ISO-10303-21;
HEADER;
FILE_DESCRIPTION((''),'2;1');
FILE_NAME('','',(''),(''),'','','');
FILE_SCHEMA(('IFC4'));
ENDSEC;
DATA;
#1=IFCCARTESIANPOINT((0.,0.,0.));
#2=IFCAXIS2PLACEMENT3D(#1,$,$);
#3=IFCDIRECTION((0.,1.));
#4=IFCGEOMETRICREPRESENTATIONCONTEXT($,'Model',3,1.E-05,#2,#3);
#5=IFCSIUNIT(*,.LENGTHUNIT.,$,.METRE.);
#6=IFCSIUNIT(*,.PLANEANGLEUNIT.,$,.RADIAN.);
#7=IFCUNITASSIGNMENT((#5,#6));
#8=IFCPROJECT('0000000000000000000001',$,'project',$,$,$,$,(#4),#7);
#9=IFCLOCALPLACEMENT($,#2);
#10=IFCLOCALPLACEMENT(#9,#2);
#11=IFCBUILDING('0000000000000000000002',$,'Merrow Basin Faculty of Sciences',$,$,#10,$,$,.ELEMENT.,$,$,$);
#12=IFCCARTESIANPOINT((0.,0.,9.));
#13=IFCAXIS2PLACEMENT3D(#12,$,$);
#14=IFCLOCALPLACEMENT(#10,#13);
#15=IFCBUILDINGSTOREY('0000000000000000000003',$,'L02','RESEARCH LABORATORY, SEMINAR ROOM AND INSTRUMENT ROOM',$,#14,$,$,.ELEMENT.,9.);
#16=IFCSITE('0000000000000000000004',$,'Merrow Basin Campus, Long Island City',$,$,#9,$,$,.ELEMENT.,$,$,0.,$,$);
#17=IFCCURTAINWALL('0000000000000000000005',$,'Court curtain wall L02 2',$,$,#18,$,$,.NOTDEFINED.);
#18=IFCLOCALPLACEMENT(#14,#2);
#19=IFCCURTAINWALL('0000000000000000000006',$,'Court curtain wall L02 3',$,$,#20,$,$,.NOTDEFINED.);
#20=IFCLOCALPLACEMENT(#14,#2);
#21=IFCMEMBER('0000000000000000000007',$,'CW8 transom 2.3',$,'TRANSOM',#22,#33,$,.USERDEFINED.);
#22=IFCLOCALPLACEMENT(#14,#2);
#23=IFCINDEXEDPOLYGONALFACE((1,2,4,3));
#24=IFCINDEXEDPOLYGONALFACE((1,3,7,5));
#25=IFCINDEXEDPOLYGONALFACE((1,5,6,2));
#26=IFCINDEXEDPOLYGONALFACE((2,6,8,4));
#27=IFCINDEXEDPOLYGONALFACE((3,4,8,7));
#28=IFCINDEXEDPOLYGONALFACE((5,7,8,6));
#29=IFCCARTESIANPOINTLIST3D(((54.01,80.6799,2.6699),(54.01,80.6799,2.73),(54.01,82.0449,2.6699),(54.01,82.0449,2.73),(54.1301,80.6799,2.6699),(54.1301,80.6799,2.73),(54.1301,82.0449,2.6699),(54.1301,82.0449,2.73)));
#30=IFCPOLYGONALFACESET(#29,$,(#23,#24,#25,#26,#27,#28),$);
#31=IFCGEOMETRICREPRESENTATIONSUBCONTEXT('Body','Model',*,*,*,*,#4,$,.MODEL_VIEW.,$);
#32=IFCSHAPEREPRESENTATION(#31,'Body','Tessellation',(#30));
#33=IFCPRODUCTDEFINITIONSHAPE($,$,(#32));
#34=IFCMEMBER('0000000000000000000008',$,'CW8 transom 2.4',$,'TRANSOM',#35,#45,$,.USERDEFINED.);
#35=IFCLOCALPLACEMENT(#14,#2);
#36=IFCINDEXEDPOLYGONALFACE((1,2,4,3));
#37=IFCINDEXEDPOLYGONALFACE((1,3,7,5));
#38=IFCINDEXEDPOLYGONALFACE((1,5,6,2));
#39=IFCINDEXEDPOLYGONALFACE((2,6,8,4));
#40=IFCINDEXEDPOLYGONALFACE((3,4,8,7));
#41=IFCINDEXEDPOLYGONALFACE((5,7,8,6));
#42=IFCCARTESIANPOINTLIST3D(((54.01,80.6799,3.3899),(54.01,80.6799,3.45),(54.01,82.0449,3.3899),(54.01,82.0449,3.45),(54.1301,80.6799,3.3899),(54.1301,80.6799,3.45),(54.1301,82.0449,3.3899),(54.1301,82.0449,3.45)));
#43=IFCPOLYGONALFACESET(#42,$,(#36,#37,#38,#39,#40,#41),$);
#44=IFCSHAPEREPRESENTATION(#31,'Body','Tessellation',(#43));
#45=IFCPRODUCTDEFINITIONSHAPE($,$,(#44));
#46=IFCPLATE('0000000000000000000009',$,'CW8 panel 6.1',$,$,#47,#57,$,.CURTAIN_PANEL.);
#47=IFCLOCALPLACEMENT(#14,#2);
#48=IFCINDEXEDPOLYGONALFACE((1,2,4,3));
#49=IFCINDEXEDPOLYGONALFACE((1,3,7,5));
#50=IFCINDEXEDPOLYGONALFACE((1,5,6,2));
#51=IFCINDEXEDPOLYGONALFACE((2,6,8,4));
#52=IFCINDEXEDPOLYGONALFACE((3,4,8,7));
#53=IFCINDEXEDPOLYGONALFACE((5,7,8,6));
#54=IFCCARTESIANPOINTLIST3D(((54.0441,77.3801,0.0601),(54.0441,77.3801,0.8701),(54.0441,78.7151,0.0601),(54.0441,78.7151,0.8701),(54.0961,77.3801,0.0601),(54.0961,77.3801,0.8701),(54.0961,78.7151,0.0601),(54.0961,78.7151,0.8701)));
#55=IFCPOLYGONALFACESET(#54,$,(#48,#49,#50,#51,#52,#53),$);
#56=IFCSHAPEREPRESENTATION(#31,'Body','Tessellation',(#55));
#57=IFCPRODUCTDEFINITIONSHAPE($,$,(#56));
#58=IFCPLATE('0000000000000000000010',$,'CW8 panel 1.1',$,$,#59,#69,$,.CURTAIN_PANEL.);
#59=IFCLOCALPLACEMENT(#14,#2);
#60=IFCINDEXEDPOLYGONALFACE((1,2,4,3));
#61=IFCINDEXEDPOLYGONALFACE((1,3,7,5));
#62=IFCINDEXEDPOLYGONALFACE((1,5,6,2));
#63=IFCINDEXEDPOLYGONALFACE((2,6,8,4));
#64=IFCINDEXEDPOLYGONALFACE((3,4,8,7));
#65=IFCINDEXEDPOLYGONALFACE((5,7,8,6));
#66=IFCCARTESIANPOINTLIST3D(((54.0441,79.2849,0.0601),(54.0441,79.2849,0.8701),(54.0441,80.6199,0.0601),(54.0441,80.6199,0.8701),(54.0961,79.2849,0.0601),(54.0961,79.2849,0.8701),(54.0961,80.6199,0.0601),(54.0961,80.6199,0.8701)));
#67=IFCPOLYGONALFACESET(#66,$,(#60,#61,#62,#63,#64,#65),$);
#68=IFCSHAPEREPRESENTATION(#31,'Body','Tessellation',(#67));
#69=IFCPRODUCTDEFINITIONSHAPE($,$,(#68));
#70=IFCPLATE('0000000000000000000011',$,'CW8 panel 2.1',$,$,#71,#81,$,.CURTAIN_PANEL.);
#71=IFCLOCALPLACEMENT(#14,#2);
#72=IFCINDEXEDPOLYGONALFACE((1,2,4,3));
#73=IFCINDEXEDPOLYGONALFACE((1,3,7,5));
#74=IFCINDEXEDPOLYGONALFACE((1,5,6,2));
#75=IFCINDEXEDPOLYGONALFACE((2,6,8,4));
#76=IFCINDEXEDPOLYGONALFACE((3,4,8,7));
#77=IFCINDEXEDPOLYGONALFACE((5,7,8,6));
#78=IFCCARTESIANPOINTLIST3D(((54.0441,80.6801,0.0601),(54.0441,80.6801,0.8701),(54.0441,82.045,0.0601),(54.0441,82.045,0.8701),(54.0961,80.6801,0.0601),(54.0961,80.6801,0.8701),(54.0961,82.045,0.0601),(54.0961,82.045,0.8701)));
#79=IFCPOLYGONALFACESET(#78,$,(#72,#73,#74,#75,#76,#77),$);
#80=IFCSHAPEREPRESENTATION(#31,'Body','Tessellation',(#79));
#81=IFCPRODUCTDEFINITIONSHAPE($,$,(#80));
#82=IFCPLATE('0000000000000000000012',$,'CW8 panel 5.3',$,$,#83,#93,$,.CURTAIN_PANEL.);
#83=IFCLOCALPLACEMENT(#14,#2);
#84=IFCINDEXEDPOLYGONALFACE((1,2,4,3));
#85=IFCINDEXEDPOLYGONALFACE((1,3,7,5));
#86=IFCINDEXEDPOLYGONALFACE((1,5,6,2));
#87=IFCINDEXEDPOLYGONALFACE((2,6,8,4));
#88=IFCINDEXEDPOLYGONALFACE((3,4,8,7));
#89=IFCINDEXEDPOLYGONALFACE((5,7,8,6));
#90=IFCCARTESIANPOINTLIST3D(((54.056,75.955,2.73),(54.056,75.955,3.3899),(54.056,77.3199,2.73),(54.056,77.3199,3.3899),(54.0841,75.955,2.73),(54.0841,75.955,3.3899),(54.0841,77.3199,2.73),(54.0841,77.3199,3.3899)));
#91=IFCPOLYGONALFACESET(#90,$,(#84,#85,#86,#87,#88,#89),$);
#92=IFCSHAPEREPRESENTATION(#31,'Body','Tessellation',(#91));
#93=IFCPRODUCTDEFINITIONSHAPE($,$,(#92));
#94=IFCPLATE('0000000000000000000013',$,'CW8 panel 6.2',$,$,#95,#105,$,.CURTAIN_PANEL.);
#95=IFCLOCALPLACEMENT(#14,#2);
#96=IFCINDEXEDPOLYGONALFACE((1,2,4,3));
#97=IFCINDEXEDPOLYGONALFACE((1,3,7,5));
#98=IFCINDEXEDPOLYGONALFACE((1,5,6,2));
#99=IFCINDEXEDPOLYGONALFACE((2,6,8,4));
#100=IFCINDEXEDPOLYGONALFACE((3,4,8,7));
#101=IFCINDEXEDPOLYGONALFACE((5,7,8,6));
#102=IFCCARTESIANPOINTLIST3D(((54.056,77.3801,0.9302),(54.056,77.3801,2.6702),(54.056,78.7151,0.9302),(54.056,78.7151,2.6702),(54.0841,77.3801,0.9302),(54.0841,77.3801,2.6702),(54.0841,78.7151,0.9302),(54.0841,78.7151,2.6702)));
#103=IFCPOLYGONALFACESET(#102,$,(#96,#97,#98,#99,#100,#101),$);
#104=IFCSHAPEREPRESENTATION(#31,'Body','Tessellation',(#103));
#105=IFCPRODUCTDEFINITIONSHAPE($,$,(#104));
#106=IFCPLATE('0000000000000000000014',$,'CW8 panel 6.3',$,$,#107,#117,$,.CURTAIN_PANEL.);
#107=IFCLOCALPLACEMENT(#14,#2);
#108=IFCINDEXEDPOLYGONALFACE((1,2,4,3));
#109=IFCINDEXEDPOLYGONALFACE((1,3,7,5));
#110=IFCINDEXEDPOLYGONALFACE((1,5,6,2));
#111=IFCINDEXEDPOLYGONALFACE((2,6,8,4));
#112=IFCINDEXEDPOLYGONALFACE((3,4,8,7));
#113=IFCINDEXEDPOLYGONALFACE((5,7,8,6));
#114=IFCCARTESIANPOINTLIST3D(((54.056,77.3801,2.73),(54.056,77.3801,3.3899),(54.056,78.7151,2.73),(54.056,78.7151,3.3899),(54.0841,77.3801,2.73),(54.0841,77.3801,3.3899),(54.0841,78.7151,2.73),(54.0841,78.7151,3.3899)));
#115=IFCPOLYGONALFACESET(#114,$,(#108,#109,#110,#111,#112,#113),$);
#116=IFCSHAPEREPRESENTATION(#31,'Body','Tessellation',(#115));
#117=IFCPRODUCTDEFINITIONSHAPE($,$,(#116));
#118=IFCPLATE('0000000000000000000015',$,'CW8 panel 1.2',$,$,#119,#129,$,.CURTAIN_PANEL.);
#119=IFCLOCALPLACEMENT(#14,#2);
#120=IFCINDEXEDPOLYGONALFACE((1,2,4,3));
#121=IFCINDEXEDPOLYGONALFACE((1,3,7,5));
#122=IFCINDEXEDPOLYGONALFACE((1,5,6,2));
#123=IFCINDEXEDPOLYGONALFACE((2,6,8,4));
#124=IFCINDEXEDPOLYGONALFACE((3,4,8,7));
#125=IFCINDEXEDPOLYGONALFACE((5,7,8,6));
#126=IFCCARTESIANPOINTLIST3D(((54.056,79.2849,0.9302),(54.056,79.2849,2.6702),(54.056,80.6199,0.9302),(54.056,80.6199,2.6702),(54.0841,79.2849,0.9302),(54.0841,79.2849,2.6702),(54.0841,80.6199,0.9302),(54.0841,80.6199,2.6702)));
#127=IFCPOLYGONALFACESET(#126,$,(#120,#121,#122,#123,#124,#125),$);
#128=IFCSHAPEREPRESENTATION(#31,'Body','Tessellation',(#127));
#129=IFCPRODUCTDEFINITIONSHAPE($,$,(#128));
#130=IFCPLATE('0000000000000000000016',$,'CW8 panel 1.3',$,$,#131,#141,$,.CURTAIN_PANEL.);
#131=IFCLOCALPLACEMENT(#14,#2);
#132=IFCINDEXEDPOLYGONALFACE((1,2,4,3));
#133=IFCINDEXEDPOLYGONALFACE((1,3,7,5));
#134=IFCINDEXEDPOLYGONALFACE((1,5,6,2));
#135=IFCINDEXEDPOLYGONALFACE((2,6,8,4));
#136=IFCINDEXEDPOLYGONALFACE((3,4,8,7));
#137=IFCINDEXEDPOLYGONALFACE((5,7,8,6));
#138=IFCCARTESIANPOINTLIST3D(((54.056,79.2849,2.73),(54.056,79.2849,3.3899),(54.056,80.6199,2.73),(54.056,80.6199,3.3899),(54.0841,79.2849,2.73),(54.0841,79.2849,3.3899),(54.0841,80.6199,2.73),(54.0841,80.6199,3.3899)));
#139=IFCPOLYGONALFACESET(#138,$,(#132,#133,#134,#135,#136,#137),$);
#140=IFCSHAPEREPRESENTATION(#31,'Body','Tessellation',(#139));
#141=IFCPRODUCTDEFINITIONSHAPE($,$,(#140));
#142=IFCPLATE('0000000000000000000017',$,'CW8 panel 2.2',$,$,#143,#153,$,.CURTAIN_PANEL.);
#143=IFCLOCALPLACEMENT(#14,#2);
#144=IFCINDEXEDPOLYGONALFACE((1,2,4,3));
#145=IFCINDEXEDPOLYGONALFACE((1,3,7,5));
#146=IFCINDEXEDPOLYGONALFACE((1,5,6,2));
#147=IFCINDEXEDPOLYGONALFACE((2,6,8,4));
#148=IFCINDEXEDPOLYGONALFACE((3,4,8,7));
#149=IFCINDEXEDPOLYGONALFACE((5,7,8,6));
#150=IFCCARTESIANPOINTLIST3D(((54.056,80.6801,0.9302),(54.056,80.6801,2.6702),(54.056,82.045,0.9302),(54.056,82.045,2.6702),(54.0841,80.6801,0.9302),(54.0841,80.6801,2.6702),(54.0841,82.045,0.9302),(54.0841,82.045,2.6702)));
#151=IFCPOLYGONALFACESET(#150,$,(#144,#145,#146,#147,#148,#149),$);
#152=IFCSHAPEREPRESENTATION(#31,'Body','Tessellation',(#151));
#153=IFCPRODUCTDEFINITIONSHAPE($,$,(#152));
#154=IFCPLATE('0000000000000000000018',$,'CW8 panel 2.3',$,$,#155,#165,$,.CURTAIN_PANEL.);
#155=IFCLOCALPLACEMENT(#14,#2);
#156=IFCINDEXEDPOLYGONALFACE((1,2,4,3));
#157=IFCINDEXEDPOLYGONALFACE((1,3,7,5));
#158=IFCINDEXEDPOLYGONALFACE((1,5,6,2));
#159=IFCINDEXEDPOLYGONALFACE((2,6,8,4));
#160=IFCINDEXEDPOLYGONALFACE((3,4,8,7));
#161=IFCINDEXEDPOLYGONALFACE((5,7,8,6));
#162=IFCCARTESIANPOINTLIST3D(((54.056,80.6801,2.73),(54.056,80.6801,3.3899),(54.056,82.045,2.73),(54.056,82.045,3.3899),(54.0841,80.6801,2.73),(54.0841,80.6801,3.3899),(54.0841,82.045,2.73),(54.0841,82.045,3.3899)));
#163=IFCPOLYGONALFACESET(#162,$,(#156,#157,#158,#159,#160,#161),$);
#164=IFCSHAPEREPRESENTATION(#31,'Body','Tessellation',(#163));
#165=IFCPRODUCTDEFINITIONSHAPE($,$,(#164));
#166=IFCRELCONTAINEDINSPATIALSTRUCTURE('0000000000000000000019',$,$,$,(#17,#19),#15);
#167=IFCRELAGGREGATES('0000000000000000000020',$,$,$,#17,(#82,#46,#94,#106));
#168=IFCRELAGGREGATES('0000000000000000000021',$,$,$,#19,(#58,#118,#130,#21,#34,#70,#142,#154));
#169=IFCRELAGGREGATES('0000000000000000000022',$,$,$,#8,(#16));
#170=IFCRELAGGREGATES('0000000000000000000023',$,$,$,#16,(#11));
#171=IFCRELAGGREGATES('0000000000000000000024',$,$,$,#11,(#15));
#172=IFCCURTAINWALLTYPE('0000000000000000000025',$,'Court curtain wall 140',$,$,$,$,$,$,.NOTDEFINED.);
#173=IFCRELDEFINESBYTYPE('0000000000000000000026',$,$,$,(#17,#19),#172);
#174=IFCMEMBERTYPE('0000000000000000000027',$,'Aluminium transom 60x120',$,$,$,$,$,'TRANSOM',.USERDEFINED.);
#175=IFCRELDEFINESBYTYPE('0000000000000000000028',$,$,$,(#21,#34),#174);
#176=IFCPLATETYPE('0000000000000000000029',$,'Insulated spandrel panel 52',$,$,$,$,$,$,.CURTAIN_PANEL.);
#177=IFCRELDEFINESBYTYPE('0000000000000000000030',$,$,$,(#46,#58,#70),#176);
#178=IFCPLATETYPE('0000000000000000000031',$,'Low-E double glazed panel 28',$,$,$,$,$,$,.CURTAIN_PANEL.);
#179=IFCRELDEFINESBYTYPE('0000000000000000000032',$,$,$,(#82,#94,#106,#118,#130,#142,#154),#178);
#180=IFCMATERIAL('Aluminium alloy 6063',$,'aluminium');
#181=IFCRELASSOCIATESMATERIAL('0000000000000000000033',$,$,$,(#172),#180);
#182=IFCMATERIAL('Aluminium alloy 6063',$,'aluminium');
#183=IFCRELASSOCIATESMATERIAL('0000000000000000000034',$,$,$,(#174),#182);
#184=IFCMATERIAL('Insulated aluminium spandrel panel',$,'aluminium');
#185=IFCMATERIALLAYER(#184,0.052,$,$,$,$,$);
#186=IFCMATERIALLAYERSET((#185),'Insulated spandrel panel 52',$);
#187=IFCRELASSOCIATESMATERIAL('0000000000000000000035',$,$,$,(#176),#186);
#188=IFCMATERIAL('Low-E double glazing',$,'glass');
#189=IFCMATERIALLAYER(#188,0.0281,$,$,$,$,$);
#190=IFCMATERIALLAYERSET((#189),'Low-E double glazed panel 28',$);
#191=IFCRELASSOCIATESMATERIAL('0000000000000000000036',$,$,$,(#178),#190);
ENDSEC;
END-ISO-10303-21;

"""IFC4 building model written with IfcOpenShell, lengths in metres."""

from ifc_helpers import new_model, si_unit, direction, frame, origin, origin_2d, place, context, subcontext, project, spatial, rectangle, extrude, material, layer, layer_set, material_profile, profile_set, type_object, element, aggregate, save


model = new_model("IFC4")

# Units and contexts
model_context = context("Model", 3, precision=1e-05, world=origin(), true_north=direction((0.0, 1.0)))
body_context = subcontext(model_context, "Body", "Model", "MODEL_VIEW")
ifc_project = project(units=[si_unit("LENGTHUNIT", "METRE"), si_unit("PLANEANGLEUNIT", "RADIAN")], contexts=[model_context])

# Site, building, storey
site_placement = place(None, origin())
site = spatial("IfcSite", under=ifc_project, at=site_placement, Name="Merrow Basin Campus, Long Island City", CompositionType="ELEMENT", RefElevation=0.0)
building_placement = place(site_placement, origin())
building = spatial("IfcBuilding", under=site, at=building_placement, Name="Merrow Basin Faculty of Sciences", CompositionType="ELEMENT")
storey_placement = place(building_placement, frame((0.0, 0.0, 9.0)))
storey = spatial("IfcBuildingStorey", under=building, at=storey_placement, Name="L02", Description="RESEARCH LABORATORY, SEMINAR ROOM AND INSTRUMENT ROOM", CompositionType="ELEMENT", Elevation=9.0)

# Curtain walls
ifc_material_1 = material(Name="Aluminium alloy 6063", Category="aluminium")
curtain_wall_type = type_object("IfcCurtainWallType", Name="Court curtain wall 140", PredefinedType="NOTDEFINED", material=ifc_material_1)
curtain_wall_1_placement = place(storey_placement, origin())
curtain_wall_1 = element("IfcCurtainWall", 1, at=curtain_wall_1_placement, inside=storey, type_object=curtain_wall_type, Name="Court curtain wall L02 2", PredefinedType="NOTDEFINED")
curtain_wall_2_placement = place(storey_placement, origin())
curtain_wall_2 = element("IfcCurtainWall", 2, at=curtain_wall_2_placement, inside=storey, type_object=curtain_wall_type, Name="Court curtain wall L02 3", PredefinedType="NOTDEFINED")

# Members
ifc_material_2 = material(Name="Aluminium alloy 6063", Category="aluminium")
ifc_material_profile_1 = material_profile(ifc_material_2, rectangle(XDim=0.1201, YDim=0.0601, at=origin_2d()))
ifc_profile_set_1 = profile_set([ifc_material_profile_1], Name="Aluminium alloy 6063")
member_type_1 = type_object("IfcMemberType", Name="Aluminium transom 60x120", ElementType="TRANSOM", PredefinedType="USERDEFINED", material=ifc_profile_set_1)
member_1_placement = place(storey_placement, frame((54.0701, 80.6799, 2.7), z_axis=(0.0, 1.0, 0.0), x_axis=(-1.0, 0.0, 0.0)))
member_1 = element("IfcMember", 3, at=member_1_placement, type_object=member_type_1, Name="CW8 transom 2.3", ObjectType="TRANSOM", PredefinedType="USERDEFINED", context=body_context, shape_type="SweptSolid", body=[
    extrude(rectangle(XDim=0.1201, YDim=0.0601, at=origin_2d()), origin(), (0.0, 0.0, 1.0), 1.365),
])
member_2_placement = place(storey_placement, frame((54.0701, 80.6799, 3.4199), z_axis=(0.0, 1.0, 0.0), x_axis=(-1.0, 0.0, 0.0)))
member_2 = element("IfcMember", 4, at=member_2_placement, type_object=member_type_1, Name="CW8 transom 2.4", ObjectType="TRANSOM", PredefinedType="USERDEFINED", context=body_context, shape_type="SweptSolid", body=[
    extrude(rectangle(XDim=0.1201, YDim=0.0601, at=origin_2d()), origin(), (0.0, 0.0, 1.0), 1.365),
])

# Plates
ifc_material_3 = material(Name="Insulated aluminium spandrel panel", Category="aluminium")
ifc_layer_1 = layer(ifc_material_3, 0.052)
ifc_layer_set_1 = layer_set([ifc_layer_1], Name="Insulated spandrel panel 52")
plate_type_1 = type_object("IfcPlateType", Name="Insulated spandrel panel 52", PredefinedType="CURTAIN_PANEL", material=ifc_layer_set_1)
plate_1_placement = place(storey_placement, frame((54.0701, 78.0476, 0.0601), z_axis=(0.0, 0.0, 1.0), x_axis=(0.0, 1.0, 0.0)))
plate_1 = element("IfcPlate", 5, at=plate_1_placement, type_object=plate_type_1, Name="CW8 panel 6.1", PredefinedType="CURTAIN_PANEL", context=body_context, shape_type="SweptSolid", body=[
    extrude(rectangle(XDim=1.335, YDim=0.052, at=origin_2d()), origin(), (0.0, 0.0, 1.0), 0.8101),
])
plate_2_placement = place(storey_placement, frame((54.0701, 79.9524, 0.0601), z_axis=(0.0, 0.0, 1.0), x_axis=(0.0, 1.0, 0.0)))
plate_2 = element("IfcPlate", 6, at=plate_2_placement, type_object=plate_type_1, Name="CW8 panel 1.1", PredefinedType="CURTAIN_PANEL", context=body_context, shape_type="SweptSolid", body=[
    extrude(rectangle(XDim=1.335, YDim=0.052, at=origin_2d()), origin(), (0.0, 0.0, 1.0), 0.8101),
])
plate_3_placement = place(storey_placement, frame((54.0701, 81.3625, 0.0601), z_axis=(0.0, 0.0, 1.0), x_axis=(0.0, 1.0, 0.0)))
plate_3 = element("IfcPlate", 7, at=plate_3_placement, type_object=plate_type_1, Name="CW8 panel 2.1", PredefinedType="CURTAIN_PANEL", context=body_context, shape_type="SweptSolid", body=[
    extrude(rectangle(XDim=1.365, YDim=0.052, at=origin_2d()), origin(), (0.0, 0.0, 1.0), 0.8101),
])
ifc_material_4 = material(Name="Low-E double glazing", Category="glass")
ifc_layer_2 = layer(ifc_material_4, 0.0281)
ifc_layer_set_2 = layer_set([ifc_layer_2], Name="Low-E double glazed panel 28")
plate_type_2 = type_object("IfcPlateType", Name="Low-E double glazed panel 28", PredefinedType="CURTAIN_PANEL", material=ifc_layer_set_2)
plate_4_placement = place(storey_placement, frame((54.0701, 76.6375, 2.73), z_axis=(0.0, 0.0, 1.0), x_axis=(0.0, 1.0, 0.0)))
plate_4 = element("IfcPlate", 8, at=plate_4_placement, type_object=plate_type_2, Name="CW8 panel 5.3", PredefinedType="CURTAIN_PANEL", context=body_context, shape_type="SweptSolid", body=[
    extrude(rectangle(XDim=1.365, YDim=0.0281, at=origin_2d()), origin(), (0.0, 0.0, 1.0), 0.6599),
])
plate_5_placement = place(storey_placement, frame((54.0701, 78.0476, 0.9302), z_axis=(0.0, 0.0, 1.0), x_axis=(0.0, 1.0, 0.0)))
plate_5 = element("IfcPlate", 9, at=plate_5_placement, type_object=plate_type_2, Name="CW8 panel 6.2", PredefinedType="CURTAIN_PANEL", context=body_context, shape_type="SweptSolid", body=[
    extrude(rectangle(XDim=1.335, YDim=0.0281, at=origin_2d()), origin(), (0.0, 0.0, 1.0), 1.74),
])
plate_6_placement = place(storey_placement, frame((54.0701, 78.0476, 2.73), z_axis=(0.0, 0.0, 1.0), x_axis=(0.0, 1.0, 0.0)))
plate_6 = element("IfcPlate", 10, at=plate_6_placement, type_object=plate_type_2, Name="CW8 panel 6.3", PredefinedType="CURTAIN_PANEL", context=body_context, shape_type="SweptSolid", body=[
    extrude(rectangle(XDim=1.335, YDim=0.0281, at=origin_2d()), origin(), (0.0, 0.0, 1.0), 0.6599),
])
aggregate(curtain_wall_1, [plate_4, plate_1, plate_5, plate_6])
plate_7_placement = place(storey_placement, frame((54.0701, 79.9524, 0.9302), z_axis=(0.0, 0.0, 1.0), x_axis=(0.0, 1.0, 0.0)))
plate_7 = element("IfcPlate", 11, at=plate_7_placement, type_object=plate_type_2, Name="CW8 panel 1.2", PredefinedType="CURTAIN_PANEL", context=body_context, shape_type="SweptSolid", body=[
    extrude(rectangle(XDim=1.335, YDim=0.0281, at=origin_2d()), origin(), (0.0, 0.0, 1.0), 1.74),
])
plate_8_placement = place(storey_placement, frame((54.0701, 79.9524, 2.73), z_axis=(0.0, 0.0, 1.0), x_axis=(0.0, 1.0, 0.0)))
plate_8 = element("IfcPlate", 12, at=plate_8_placement, type_object=plate_type_2, Name="CW8 panel 1.3", PredefinedType="CURTAIN_PANEL", context=body_context, shape_type="SweptSolid", body=[
    extrude(rectangle(XDim=1.335, YDim=0.0281, at=origin_2d()), origin(), (0.0, 0.0, 1.0), 0.6599),
])
plate_9_placement = place(storey_placement, frame((54.0701, 81.3625, 0.9302), z_axis=(0.0, 0.0, 1.0), x_axis=(0.0, 1.0, 0.0)))
plate_9 = element("IfcPlate", 13, at=plate_9_placement, type_object=plate_type_2, Name="CW8 panel 2.2", PredefinedType="CURTAIN_PANEL", context=body_context, shape_type="SweptSolid", body=[
    extrude(rectangle(XDim=1.365, YDim=0.0281, at=origin_2d()), origin(), (0.0, 0.0, 1.0), 1.74),
])
plate_10_placement = place(storey_placement, frame((54.0701, 81.3625, 2.73), z_axis=(0.0, 0.0, 1.0), x_axis=(0.0, 1.0, 0.0)))
plate_10 = element("IfcPlate", 14, at=plate_10_placement, type_object=plate_type_2, Name="CW8 panel 2.3", PredefinedType="CURTAIN_PANEL", context=body_context, shape_type="SweptSolid", body=[
    extrude(rectangle(XDim=1.365, YDim=0.0281, at=origin_2d()), origin(), (0.0, 0.0, 1.0), 0.6599),
])
aggregate(curtain_wall_2, [plate_2, plate_7, plate_8, member_1, member_2, plate_3, plate_9, plate_10])

save(model, "model.ifc")
